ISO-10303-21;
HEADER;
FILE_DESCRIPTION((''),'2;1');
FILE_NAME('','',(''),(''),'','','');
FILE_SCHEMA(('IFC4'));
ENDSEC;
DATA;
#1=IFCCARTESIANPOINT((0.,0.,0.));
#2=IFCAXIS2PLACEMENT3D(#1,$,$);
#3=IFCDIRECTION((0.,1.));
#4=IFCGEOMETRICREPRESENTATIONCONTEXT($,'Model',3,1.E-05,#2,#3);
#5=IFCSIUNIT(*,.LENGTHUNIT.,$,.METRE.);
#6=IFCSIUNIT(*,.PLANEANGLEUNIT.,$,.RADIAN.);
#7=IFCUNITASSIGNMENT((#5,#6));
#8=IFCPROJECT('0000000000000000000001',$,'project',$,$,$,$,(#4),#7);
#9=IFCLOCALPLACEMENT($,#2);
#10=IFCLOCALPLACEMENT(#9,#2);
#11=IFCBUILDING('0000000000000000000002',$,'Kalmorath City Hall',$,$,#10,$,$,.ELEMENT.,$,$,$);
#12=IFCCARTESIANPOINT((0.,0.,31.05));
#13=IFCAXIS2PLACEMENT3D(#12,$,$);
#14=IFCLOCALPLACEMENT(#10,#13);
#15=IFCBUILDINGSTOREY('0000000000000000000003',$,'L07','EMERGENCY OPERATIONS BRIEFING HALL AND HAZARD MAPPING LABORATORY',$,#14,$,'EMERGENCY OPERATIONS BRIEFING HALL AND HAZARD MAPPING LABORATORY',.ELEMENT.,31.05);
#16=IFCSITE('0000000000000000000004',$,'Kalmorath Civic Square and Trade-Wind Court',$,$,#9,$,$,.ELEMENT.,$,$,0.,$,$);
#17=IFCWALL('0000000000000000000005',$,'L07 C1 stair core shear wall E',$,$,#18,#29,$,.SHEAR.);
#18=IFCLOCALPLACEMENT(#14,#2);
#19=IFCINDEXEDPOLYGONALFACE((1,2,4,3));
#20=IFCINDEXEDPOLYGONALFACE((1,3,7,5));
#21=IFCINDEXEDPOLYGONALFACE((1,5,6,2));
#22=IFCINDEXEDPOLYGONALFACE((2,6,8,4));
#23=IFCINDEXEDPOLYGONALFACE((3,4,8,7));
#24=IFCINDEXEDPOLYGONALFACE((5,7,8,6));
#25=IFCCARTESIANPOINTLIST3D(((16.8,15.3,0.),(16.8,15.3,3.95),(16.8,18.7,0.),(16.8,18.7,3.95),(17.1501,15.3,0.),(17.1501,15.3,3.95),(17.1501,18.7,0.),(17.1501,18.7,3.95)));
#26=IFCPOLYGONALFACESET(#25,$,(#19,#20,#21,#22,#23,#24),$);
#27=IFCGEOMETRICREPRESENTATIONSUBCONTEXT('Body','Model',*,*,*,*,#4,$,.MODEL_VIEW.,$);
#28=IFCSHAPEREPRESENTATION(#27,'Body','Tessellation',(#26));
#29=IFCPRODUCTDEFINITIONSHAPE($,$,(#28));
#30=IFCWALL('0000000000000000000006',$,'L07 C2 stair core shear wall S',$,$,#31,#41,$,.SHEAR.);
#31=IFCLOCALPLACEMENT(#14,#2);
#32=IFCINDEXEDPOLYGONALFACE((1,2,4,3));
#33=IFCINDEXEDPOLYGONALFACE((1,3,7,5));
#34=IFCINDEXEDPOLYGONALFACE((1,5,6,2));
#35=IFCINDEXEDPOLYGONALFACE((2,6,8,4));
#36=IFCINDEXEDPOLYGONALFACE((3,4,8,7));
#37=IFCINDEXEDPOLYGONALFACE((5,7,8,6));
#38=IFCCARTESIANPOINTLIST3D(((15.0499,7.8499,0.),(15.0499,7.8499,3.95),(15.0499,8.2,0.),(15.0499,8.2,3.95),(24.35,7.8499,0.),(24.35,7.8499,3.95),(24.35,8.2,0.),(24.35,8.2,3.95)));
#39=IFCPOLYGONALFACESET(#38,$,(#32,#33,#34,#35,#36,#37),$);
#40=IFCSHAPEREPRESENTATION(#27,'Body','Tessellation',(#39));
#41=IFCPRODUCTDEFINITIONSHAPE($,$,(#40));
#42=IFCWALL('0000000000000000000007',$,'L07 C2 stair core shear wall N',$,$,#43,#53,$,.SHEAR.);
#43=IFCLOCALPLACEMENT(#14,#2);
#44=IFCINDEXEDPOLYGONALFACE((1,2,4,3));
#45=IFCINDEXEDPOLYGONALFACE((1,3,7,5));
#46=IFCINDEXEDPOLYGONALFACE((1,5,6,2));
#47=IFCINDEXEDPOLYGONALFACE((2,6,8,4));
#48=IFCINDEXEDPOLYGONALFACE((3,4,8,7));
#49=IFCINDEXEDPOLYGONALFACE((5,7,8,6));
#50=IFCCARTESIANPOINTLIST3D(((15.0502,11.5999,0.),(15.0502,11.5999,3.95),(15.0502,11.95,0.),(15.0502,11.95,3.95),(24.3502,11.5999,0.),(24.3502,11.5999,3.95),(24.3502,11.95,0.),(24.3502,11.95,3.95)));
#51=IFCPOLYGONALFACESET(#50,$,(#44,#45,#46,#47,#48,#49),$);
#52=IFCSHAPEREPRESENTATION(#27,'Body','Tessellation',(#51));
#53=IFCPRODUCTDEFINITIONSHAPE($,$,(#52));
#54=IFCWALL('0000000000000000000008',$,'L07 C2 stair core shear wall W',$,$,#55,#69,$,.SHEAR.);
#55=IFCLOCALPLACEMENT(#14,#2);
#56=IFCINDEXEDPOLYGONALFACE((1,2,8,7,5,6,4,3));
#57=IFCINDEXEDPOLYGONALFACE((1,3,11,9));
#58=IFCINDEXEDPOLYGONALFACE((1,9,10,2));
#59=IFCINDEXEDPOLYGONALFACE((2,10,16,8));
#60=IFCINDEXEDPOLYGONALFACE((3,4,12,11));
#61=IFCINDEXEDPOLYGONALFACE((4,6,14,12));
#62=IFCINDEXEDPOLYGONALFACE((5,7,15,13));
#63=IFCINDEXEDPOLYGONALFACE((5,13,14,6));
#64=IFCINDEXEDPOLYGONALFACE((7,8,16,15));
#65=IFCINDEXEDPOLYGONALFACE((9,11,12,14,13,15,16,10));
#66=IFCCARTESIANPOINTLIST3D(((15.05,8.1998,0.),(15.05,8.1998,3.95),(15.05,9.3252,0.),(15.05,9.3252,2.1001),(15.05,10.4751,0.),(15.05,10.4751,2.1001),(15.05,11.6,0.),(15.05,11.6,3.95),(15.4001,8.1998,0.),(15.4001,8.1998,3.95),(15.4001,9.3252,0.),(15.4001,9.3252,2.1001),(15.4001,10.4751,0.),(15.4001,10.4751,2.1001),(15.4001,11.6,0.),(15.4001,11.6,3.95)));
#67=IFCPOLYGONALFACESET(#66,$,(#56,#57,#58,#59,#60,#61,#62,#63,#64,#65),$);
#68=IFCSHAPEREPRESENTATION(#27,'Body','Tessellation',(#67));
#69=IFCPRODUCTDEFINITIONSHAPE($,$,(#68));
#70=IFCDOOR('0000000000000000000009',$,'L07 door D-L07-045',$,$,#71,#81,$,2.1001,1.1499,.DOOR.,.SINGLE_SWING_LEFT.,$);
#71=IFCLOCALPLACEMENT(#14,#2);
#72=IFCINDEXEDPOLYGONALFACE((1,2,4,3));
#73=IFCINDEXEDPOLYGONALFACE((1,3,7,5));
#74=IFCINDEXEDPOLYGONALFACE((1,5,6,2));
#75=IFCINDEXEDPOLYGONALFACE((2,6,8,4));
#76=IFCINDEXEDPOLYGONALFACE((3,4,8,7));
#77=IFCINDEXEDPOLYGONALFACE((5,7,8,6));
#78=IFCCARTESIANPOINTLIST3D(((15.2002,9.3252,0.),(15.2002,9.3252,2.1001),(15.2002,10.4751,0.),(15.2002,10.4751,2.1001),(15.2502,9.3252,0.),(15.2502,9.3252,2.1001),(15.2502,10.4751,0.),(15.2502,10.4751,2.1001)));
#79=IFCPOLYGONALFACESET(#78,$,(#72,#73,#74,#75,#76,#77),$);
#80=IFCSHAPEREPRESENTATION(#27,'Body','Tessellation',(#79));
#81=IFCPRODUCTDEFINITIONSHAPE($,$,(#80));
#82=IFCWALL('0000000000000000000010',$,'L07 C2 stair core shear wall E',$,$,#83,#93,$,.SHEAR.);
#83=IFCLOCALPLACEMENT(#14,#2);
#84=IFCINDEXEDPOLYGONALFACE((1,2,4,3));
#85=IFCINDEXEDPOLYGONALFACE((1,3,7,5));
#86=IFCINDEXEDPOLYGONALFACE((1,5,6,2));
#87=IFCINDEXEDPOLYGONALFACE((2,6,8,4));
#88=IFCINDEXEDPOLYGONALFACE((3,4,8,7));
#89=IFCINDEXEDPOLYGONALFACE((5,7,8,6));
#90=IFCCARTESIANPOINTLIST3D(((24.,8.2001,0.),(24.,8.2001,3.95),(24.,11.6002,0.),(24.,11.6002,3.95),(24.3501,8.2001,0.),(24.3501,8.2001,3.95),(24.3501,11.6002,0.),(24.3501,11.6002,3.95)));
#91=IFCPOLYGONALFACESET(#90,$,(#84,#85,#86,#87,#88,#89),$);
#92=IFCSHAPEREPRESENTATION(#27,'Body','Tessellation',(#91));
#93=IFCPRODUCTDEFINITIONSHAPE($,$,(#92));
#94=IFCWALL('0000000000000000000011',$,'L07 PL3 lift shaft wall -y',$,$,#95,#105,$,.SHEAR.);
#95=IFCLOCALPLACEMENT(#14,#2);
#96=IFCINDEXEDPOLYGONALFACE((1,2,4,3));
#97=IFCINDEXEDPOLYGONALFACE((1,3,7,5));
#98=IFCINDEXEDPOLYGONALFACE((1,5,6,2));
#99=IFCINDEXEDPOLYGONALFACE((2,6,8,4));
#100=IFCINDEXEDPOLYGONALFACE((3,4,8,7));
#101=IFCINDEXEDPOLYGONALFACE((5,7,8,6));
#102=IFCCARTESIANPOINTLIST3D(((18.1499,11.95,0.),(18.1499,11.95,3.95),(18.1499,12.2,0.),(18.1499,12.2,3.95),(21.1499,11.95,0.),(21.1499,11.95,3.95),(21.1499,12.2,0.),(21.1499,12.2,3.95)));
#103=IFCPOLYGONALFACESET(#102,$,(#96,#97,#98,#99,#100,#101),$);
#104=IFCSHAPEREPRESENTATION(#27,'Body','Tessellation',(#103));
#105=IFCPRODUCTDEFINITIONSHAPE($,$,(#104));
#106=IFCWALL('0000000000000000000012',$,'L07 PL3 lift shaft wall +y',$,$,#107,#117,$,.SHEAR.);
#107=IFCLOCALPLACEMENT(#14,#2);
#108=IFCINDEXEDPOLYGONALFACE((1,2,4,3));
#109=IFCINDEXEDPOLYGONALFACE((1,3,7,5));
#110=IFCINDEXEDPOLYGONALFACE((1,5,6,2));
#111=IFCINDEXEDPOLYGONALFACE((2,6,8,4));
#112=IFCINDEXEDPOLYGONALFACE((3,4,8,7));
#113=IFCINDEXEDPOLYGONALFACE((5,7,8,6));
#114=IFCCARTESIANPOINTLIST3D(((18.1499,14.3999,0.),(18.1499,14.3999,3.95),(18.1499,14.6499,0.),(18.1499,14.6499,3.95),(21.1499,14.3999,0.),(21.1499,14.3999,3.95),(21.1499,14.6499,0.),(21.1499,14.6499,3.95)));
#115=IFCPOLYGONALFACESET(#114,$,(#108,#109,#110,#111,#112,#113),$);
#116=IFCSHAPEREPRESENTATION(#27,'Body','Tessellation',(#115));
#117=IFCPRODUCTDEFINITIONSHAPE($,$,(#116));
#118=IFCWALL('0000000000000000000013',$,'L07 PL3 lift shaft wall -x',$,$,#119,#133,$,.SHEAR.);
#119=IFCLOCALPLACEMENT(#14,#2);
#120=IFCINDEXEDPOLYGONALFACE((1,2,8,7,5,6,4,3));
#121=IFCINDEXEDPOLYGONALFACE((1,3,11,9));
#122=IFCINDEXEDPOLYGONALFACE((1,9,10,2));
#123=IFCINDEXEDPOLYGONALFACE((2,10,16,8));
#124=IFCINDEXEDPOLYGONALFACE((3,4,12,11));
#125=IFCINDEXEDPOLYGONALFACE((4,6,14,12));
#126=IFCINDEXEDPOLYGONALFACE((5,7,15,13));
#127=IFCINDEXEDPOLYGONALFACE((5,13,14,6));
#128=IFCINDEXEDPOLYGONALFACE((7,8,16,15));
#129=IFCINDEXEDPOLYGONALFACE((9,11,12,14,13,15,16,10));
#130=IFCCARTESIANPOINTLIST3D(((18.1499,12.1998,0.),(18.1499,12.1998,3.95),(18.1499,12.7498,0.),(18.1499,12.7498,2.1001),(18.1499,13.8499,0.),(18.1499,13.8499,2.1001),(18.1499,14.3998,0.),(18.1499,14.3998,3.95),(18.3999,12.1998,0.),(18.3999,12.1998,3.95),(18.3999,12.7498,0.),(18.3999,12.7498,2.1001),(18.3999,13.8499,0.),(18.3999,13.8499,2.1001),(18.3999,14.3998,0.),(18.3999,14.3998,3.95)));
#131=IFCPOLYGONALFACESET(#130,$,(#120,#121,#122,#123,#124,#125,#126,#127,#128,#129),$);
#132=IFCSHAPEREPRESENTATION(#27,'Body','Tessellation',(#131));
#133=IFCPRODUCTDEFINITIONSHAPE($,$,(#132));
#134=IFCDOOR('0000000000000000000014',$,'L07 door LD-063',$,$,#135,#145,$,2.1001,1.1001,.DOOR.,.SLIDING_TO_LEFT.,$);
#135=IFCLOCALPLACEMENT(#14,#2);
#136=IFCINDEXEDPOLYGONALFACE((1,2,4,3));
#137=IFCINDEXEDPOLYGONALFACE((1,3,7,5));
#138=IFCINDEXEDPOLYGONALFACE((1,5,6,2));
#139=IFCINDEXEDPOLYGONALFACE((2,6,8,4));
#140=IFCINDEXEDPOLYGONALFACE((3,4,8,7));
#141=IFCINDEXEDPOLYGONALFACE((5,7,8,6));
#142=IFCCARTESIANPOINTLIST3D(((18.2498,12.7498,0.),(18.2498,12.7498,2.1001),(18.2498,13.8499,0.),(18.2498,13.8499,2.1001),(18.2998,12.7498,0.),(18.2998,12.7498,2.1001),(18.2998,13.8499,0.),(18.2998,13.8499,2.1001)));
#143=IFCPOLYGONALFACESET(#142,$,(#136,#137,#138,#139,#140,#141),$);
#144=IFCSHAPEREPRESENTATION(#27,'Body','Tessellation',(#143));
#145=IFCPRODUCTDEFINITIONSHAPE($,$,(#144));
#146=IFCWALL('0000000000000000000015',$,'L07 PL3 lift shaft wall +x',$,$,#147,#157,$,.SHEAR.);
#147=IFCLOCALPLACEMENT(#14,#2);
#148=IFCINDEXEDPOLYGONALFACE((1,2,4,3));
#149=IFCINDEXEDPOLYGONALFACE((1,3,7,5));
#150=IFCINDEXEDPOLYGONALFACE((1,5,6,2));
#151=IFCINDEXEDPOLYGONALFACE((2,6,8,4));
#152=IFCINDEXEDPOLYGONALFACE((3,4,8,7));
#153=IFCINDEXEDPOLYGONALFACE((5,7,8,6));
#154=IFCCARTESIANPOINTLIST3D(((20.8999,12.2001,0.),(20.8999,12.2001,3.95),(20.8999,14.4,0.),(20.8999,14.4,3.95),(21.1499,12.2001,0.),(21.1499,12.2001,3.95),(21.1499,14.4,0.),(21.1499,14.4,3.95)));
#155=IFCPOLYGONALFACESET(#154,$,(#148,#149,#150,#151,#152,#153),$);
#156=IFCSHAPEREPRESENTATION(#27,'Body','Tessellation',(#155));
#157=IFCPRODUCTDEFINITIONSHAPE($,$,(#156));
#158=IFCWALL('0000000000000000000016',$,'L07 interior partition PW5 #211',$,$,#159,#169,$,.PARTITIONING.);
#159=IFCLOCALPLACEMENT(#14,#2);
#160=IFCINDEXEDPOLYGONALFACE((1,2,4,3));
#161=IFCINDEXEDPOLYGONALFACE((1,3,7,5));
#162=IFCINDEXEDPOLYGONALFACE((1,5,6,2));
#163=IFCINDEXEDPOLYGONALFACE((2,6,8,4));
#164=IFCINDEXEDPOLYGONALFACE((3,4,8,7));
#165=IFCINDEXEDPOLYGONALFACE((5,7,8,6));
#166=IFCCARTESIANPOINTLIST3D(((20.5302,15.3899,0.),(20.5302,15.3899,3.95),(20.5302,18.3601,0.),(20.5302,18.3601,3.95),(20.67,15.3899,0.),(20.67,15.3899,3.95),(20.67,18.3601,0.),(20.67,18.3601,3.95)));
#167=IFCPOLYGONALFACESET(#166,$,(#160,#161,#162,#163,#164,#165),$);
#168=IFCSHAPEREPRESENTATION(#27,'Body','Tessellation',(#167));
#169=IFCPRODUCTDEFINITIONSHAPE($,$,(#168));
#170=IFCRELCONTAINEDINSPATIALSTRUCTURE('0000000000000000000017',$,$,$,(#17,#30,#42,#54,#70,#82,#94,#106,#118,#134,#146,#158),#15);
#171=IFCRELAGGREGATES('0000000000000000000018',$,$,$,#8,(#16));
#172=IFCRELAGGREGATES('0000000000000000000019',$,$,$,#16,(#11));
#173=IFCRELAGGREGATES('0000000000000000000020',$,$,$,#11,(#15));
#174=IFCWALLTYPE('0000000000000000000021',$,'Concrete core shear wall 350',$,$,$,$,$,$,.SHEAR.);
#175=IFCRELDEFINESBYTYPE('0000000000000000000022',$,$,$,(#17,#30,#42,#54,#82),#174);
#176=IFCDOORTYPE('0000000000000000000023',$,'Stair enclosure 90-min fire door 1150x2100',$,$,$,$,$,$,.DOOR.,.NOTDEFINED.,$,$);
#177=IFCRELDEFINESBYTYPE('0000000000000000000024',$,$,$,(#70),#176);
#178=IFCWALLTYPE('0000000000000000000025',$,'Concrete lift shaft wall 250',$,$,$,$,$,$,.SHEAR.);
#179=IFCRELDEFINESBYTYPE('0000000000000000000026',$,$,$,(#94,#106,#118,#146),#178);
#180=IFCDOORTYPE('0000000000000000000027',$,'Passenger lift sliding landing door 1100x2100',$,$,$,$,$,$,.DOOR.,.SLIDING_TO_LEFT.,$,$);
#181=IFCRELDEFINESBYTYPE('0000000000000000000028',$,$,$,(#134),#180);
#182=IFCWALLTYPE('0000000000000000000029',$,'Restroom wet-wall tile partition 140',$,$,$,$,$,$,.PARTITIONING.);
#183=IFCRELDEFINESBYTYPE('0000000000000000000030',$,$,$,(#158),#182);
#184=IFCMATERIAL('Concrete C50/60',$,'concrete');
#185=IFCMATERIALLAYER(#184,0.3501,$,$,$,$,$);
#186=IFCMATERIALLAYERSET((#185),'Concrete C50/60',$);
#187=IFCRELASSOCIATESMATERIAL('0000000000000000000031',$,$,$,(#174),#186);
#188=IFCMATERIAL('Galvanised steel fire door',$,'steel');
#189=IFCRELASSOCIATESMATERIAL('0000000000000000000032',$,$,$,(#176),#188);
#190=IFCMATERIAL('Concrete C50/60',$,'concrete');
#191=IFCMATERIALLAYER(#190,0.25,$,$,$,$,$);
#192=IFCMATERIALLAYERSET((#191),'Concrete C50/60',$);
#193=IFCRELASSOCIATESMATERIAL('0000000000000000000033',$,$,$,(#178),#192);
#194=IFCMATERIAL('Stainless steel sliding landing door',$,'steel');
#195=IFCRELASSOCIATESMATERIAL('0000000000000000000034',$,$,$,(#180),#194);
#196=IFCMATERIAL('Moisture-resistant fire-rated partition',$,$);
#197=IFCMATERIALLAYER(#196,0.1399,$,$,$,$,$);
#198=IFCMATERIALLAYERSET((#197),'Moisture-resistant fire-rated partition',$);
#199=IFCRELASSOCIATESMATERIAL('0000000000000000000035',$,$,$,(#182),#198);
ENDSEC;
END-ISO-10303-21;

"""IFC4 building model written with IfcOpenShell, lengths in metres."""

from ifc_helpers import new_model, si_unit, direction, frame, frame_2d, origin, place, context, subcontext, project, spatial, rectangle, extrude, material, layer, layer_set, type_object, element, fill, save


model = new_model("IFC4")

# Units and contexts
model_context = context("Model", 3, precision=1e-05, world=origin(), true_north=direction((0.0, 1.0)))
body_context = subcontext(model_context, "Body", "Model", "MODEL_VIEW")
ifc_project = project(units=[si_unit("LENGTHUNIT", "METRE"), si_unit("PLANEANGLEUNIT", "RADIAN")], contexts=[model_context])

# Site, building, storey
site_placement = place(None, origin())
site = spatial("IfcSite", under=ifc_project, at=site_placement, Name="Kalmorath Civic Square and Trade-Wind Court", CompositionType="ELEMENT", RefElevation=0.0)
building_placement = place(site_placement, origin())
building = spatial("IfcBuilding", under=site, at=building_placement, Name="Kalmorath City Hall", CompositionType="ELEMENT")
storey_placement = place(building_placement, frame((0.0, 0.0, 31.05)))
storey = spatial("IfcBuildingStorey", under=building, at=storey_placement, Name="L07", Description="EMERGENCY OPERATIONS BRIEFING HALL AND HAZARD MAPPING LABORATORY", LongName="EMERGENCY OPERATIONS BRIEFING HALL AND HAZARD MAPPING LABORATORY", CompositionType="ELEMENT", Elevation=31.05)

# Walls
ifc_material_1 = material(Name="Concrete C50/60", Category="concrete")
ifc_layer_1 = layer(ifc_material_1, 0.3501)
ifc_layer_set_1 = layer_set([ifc_layer_1], Name="Concrete C50/60")
wall_type_1 = type_object("IfcWallType", Name="Concrete core shear wall 350", PredefinedType="SHEAR", material=ifc_layer_set_1)
wall_1_placement = place(storey_placement, frame((16.9751, 15.3, 0.0), z_axis=(0.0, 0.0, 1.0), x_axis=(0.0, 1.0, 0.0)))
element("IfcWall", 1, at=wall_1_placement, inside=storey, type_object=wall_type_1, Name="L07 C1 stair core shear wall E", PredefinedType="SHEAR", context=body_context, shape_type="SweptSolid", body=[
    extrude(rectangle(XDim=3.3999, YDim=0.3501, at=frame_2d((1.7, 0.0))), origin(), (0.0, 0.0, 1.0), 3.95),
])
for number, where, z_axis, x_axis, name in (
    (2, (15.05, 8.0249, 0.0), (0.0, 0.0, 1.0), (1.0, 0.0, 0.0), "L07 C2 stair core shear wall S"),
    (3, (24.3501, 11.7749, 0.0), (0.0, 0.0, 1.0), (-1.0, 0.0, 0.0), "L07 C2 stair core shear wall N"),
):
    element("IfcWall", number, at=place(storey_placement, frame(where, z_axis=z_axis, x_axis=x_axis)), inside=storey, type_object=wall_type_1, Name=name, PredefinedType="SHEAR", context=body_context, shape_type="SweptSolid", body=[
        extrude(rectangle(XDim=9.3, YDim=0.3501, at=frame_2d((4.6499, 0.0))), origin(), (0.0, 0.0, 1.0), 3.95),
    ])

# Wall, opening, door
wall_2_placement = place(storey_placement, frame((15.2251, 11.6001, 0.0), z_axis=(0.0, 0.0, 1.0), x_axis=(0.0, -1.0, 0.0)))
wall_2 = element("IfcWall", 4, at=wall_2_placement, inside=storey, type_object=wall_type_1, Name="L07 C2 stair core shear wall W", PredefinedType="SHEAR", context=body_context, shape_type="SweptSolid", body=[
    extrude(rectangle(XDim=3.4001, YDim=0.3501, at=frame_2d((1.7002, 0.0))), origin(), (0.0, 0.0, 1.0), 3.95),
])
opening_1_placement = place(wall_2_placement, frame((1.125, 0.0, 0.0)))
opening_1 = element("IfcOpeningElement", 5, at=opening_1_placement, cuts=wall_2, PredefinedType="OPENING", context=body_context, shape_type="SweptSolid", body=[
    extrude(rectangle(XDim=1.1499, YDim=2.1001, at=frame_2d((0.575, 1.05))), frame((0.0, 0.1851, 0.0), z_axis=(0.0, -1.0, 0.0), x_axis=(1.0, 0.0, 0.0)), (0.0, 0.0, 1.0), 0.3701),
])
ifc_material_2 = material(Name="Galvanised steel fire door", Category="steel")
door_type_1 = type_object("IfcDoorType", Name="Stair enclosure 90-min fire door 1150x2100", OperationType="NOTDEFINED", PredefinedType="DOOR", material=ifc_material_2)
door_1_placement = place(opening_1_placement, frame((1.1499, 0.0, 0.0), z_axis=(0.0, 0.0, 1.0), x_axis=(-1.0, 0.0, 0.0)))
door_1 = element("IfcDoor", 6, at=door_1_placement, inside=storey, type_object=door_type_1, Name="L07 door D-L07-045", OperationType="SINGLE_SWING_LEFT", OverallHeight=2.1001, OverallWidth=1.1499, PredefinedType="DOOR", context=body_context, shape_type="SweptSolid", body=[
    extrude(rectangle(XDim=1.1499, YDim=2.1001, at=frame_2d((0.575, 1.05))), frame((0.0, 0.0249, 0.0), z_axis=(0.0, -1.0, 0.0), x_axis=(1.0, 0.0, 0.0)), (0.0, 0.0, 1.0), 0.05),
])
fill(opening_1, door_1)

# Walls
wall_3_placement = place(storey_placement, frame((24.175, 8.2, 0.0), z_axis=(0.0, 0.0, 1.0), x_axis=(0.0, 1.0, 0.0)))
element("IfcWall", 7, at=wall_3_placement, inside=storey, type_object=wall_type_1, Name="L07 C2 stair core shear wall E", PredefinedType="SHEAR", context=body_context, shape_type="SweptSolid", body=[
    extrude(rectangle(XDim=3.4001, YDim=0.3501, at=frame_2d((1.7002, 0.0))), origin(), (0.0, 0.0, 1.0), 3.95),
])
ifc_material_3 = material(Name="Concrete C50/60", Category="concrete")
ifc_layer_2 = layer(ifc_material_3, 0.25)
ifc_layer_set_2 = layer_set([ifc_layer_2], Name="Concrete C50/60")
wall_type_2 = type_object("IfcWallType", Name="Concrete lift shaft wall 250", PredefinedType="SHEAR", material=ifc_layer_set_2)
for number, where, z_axis, x_axis, name in (
    (8, (18.1499, 12.075, 0.0), (0.0, 0.0, 1.0), (1.0, 0.0, 0.0), "L07 PL3 lift shaft wall -y"),
    (9, (21.1499, 14.5249, 0.0), (0.0, 0.0, 1.0), (-1.0, 0.0, 0.0), "L07 PL3 lift shaft wall +y"),
):
    element("IfcWall", number, at=place(storey_placement, frame(where, z_axis=z_axis, x_axis=x_axis)), inside=storey, type_object=wall_type_2, Name=name, PredefinedType="SHEAR", context=body_context, shape_type="SweptSolid", body=[
        extrude(rectangle(XDim=3.0, YDim=0.25, at=frame_2d((1.5, 0.0))), origin(), (0.0, 0.0, 1.0), 3.95),
    ])

# Wall, opening, door
wall_4_placement = place(storey_placement, frame((18.2749, 14.3999, 0.0), z_axis=(0.0, 0.0, 1.0), x_axis=(0.0, -1.0, 0.0)))
wall_4 = element("IfcWall", 10, at=wall_4_placement, inside=storey, type_object=wall_type_2, Name="L07 PL3 lift shaft wall -x", PredefinedType="SHEAR", context=body_context, shape_type="SweptSolid", body=[
    extrude(rectangle(XDim=2.2, YDim=0.25, at=frame_2d((1.1001, 0.0))), origin(), (0.0, 0.0, 1.0), 3.95),
])
opening_2_placement = place(wall_4_placement, frame((0.55, 0.0, 0.0)))
opening_2 = element("IfcOpeningElement", 11, at=opening_2_placement, cuts=wall_4, PredefinedType="OPENING", context=body_context, shape_type="SweptSolid", body=[
    extrude(rectangle(XDim=1.1001, YDim=2.1001, at=frame_2d((0.55, 1.05))), frame((0.0, 0.135, 0.0), z_axis=(0.0, -1.0, 0.0), x_axis=(1.0, 0.0, 0.0)), (0.0, 0.0, 1.0), 0.27),
])
ifc_material_4 = material(Name="Stainless steel sliding landing door", Category="steel")
door_type_2 = type_object("IfcDoorType", Name="Passenger lift sliding landing door 1100x2100", OperationType="SLIDING_TO_LEFT", PredefinedType="DOOR", material=ifc_material_4)
door_2_placement = place(opening_2_placement, origin())
door_2 = element("IfcDoor", 12, at=door_2_placement, inside=storey, type_object=door_type_2, Name="L07 door LD-063", OperationType="SLIDING_TO_LEFT", OverallHeight=2.1001, OverallWidth=1.1001, PredefinedType="DOOR", context=body_context, shape_type="SweptSolid", body=[
    extrude(rectangle(XDim=1.1001, YDim=2.1001, at=frame_2d((0.55, 1.05))), frame((0.0, 0.0249, 0.0), z_axis=(0.0, -1.0, 0.0), x_axis=(1.0, 0.0, 0.0)), (0.0, 0.0, 1.0), 0.05),
])
fill(opening_2, door_2)

# Walls
wall_5_placement = place(storey_placement, frame((21.0249, 12.2, 0.0), z_axis=(0.0, 0.0, 1.0), x_axis=(0.0, 1.0, 0.0)))
element("IfcWall", 13, at=wall_5_placement, inside=storey, type_object=wall_type_2, Name="L07 PL3 lift shaft wall +x", PredefinedType="SHEAR", context=body_context, shape_type="SweptSolid", body=[
    extrude(rectangle(XDim=2.2, YDim=0.25, at=frame_2d((1.1001, 0.0))), origin(), (0.0, 0.0, 1.0), 3.95),
])
ifc_material_5 = material(Name="Moisture-resistant fire-rated partition")
ifc_layer_3 = layer(ifc_material_5, 0.1399)
ifc_layer_set_3 = layer_set([ifc_layer_3], Name="Moisture-resistant fire-rated partition")
wall_type_3 = type_object("IfcWallType", Name="Restroom wet-wall tile partition 140", PredefinedType="PARTITIONING", material=ifc_layer_set_3)
wall_6_placement = place(storey_placement, frame((20.6001, 15.3899, 0.0), z_axis=(0.0, 0.0, 1.0), x_axis=(0.0, 1.0, 0.0)))
element("IfcWall", 14, at=wall_6_placement, inside=storey, type_object=wall_type_3, Name="L07 interior partition PW5 #211", PredefinedType="PARTITIONING", context=body_context, shape_type="SweptSolid", body=[
    extrude(rectangle(XDim=2.9702, YDim=0.1399, at=frame_2d((1.4851, 0.0))), origin(), (0.0, 0.0, 1.0), 3.95),
])

save(model, "model.ifc")
